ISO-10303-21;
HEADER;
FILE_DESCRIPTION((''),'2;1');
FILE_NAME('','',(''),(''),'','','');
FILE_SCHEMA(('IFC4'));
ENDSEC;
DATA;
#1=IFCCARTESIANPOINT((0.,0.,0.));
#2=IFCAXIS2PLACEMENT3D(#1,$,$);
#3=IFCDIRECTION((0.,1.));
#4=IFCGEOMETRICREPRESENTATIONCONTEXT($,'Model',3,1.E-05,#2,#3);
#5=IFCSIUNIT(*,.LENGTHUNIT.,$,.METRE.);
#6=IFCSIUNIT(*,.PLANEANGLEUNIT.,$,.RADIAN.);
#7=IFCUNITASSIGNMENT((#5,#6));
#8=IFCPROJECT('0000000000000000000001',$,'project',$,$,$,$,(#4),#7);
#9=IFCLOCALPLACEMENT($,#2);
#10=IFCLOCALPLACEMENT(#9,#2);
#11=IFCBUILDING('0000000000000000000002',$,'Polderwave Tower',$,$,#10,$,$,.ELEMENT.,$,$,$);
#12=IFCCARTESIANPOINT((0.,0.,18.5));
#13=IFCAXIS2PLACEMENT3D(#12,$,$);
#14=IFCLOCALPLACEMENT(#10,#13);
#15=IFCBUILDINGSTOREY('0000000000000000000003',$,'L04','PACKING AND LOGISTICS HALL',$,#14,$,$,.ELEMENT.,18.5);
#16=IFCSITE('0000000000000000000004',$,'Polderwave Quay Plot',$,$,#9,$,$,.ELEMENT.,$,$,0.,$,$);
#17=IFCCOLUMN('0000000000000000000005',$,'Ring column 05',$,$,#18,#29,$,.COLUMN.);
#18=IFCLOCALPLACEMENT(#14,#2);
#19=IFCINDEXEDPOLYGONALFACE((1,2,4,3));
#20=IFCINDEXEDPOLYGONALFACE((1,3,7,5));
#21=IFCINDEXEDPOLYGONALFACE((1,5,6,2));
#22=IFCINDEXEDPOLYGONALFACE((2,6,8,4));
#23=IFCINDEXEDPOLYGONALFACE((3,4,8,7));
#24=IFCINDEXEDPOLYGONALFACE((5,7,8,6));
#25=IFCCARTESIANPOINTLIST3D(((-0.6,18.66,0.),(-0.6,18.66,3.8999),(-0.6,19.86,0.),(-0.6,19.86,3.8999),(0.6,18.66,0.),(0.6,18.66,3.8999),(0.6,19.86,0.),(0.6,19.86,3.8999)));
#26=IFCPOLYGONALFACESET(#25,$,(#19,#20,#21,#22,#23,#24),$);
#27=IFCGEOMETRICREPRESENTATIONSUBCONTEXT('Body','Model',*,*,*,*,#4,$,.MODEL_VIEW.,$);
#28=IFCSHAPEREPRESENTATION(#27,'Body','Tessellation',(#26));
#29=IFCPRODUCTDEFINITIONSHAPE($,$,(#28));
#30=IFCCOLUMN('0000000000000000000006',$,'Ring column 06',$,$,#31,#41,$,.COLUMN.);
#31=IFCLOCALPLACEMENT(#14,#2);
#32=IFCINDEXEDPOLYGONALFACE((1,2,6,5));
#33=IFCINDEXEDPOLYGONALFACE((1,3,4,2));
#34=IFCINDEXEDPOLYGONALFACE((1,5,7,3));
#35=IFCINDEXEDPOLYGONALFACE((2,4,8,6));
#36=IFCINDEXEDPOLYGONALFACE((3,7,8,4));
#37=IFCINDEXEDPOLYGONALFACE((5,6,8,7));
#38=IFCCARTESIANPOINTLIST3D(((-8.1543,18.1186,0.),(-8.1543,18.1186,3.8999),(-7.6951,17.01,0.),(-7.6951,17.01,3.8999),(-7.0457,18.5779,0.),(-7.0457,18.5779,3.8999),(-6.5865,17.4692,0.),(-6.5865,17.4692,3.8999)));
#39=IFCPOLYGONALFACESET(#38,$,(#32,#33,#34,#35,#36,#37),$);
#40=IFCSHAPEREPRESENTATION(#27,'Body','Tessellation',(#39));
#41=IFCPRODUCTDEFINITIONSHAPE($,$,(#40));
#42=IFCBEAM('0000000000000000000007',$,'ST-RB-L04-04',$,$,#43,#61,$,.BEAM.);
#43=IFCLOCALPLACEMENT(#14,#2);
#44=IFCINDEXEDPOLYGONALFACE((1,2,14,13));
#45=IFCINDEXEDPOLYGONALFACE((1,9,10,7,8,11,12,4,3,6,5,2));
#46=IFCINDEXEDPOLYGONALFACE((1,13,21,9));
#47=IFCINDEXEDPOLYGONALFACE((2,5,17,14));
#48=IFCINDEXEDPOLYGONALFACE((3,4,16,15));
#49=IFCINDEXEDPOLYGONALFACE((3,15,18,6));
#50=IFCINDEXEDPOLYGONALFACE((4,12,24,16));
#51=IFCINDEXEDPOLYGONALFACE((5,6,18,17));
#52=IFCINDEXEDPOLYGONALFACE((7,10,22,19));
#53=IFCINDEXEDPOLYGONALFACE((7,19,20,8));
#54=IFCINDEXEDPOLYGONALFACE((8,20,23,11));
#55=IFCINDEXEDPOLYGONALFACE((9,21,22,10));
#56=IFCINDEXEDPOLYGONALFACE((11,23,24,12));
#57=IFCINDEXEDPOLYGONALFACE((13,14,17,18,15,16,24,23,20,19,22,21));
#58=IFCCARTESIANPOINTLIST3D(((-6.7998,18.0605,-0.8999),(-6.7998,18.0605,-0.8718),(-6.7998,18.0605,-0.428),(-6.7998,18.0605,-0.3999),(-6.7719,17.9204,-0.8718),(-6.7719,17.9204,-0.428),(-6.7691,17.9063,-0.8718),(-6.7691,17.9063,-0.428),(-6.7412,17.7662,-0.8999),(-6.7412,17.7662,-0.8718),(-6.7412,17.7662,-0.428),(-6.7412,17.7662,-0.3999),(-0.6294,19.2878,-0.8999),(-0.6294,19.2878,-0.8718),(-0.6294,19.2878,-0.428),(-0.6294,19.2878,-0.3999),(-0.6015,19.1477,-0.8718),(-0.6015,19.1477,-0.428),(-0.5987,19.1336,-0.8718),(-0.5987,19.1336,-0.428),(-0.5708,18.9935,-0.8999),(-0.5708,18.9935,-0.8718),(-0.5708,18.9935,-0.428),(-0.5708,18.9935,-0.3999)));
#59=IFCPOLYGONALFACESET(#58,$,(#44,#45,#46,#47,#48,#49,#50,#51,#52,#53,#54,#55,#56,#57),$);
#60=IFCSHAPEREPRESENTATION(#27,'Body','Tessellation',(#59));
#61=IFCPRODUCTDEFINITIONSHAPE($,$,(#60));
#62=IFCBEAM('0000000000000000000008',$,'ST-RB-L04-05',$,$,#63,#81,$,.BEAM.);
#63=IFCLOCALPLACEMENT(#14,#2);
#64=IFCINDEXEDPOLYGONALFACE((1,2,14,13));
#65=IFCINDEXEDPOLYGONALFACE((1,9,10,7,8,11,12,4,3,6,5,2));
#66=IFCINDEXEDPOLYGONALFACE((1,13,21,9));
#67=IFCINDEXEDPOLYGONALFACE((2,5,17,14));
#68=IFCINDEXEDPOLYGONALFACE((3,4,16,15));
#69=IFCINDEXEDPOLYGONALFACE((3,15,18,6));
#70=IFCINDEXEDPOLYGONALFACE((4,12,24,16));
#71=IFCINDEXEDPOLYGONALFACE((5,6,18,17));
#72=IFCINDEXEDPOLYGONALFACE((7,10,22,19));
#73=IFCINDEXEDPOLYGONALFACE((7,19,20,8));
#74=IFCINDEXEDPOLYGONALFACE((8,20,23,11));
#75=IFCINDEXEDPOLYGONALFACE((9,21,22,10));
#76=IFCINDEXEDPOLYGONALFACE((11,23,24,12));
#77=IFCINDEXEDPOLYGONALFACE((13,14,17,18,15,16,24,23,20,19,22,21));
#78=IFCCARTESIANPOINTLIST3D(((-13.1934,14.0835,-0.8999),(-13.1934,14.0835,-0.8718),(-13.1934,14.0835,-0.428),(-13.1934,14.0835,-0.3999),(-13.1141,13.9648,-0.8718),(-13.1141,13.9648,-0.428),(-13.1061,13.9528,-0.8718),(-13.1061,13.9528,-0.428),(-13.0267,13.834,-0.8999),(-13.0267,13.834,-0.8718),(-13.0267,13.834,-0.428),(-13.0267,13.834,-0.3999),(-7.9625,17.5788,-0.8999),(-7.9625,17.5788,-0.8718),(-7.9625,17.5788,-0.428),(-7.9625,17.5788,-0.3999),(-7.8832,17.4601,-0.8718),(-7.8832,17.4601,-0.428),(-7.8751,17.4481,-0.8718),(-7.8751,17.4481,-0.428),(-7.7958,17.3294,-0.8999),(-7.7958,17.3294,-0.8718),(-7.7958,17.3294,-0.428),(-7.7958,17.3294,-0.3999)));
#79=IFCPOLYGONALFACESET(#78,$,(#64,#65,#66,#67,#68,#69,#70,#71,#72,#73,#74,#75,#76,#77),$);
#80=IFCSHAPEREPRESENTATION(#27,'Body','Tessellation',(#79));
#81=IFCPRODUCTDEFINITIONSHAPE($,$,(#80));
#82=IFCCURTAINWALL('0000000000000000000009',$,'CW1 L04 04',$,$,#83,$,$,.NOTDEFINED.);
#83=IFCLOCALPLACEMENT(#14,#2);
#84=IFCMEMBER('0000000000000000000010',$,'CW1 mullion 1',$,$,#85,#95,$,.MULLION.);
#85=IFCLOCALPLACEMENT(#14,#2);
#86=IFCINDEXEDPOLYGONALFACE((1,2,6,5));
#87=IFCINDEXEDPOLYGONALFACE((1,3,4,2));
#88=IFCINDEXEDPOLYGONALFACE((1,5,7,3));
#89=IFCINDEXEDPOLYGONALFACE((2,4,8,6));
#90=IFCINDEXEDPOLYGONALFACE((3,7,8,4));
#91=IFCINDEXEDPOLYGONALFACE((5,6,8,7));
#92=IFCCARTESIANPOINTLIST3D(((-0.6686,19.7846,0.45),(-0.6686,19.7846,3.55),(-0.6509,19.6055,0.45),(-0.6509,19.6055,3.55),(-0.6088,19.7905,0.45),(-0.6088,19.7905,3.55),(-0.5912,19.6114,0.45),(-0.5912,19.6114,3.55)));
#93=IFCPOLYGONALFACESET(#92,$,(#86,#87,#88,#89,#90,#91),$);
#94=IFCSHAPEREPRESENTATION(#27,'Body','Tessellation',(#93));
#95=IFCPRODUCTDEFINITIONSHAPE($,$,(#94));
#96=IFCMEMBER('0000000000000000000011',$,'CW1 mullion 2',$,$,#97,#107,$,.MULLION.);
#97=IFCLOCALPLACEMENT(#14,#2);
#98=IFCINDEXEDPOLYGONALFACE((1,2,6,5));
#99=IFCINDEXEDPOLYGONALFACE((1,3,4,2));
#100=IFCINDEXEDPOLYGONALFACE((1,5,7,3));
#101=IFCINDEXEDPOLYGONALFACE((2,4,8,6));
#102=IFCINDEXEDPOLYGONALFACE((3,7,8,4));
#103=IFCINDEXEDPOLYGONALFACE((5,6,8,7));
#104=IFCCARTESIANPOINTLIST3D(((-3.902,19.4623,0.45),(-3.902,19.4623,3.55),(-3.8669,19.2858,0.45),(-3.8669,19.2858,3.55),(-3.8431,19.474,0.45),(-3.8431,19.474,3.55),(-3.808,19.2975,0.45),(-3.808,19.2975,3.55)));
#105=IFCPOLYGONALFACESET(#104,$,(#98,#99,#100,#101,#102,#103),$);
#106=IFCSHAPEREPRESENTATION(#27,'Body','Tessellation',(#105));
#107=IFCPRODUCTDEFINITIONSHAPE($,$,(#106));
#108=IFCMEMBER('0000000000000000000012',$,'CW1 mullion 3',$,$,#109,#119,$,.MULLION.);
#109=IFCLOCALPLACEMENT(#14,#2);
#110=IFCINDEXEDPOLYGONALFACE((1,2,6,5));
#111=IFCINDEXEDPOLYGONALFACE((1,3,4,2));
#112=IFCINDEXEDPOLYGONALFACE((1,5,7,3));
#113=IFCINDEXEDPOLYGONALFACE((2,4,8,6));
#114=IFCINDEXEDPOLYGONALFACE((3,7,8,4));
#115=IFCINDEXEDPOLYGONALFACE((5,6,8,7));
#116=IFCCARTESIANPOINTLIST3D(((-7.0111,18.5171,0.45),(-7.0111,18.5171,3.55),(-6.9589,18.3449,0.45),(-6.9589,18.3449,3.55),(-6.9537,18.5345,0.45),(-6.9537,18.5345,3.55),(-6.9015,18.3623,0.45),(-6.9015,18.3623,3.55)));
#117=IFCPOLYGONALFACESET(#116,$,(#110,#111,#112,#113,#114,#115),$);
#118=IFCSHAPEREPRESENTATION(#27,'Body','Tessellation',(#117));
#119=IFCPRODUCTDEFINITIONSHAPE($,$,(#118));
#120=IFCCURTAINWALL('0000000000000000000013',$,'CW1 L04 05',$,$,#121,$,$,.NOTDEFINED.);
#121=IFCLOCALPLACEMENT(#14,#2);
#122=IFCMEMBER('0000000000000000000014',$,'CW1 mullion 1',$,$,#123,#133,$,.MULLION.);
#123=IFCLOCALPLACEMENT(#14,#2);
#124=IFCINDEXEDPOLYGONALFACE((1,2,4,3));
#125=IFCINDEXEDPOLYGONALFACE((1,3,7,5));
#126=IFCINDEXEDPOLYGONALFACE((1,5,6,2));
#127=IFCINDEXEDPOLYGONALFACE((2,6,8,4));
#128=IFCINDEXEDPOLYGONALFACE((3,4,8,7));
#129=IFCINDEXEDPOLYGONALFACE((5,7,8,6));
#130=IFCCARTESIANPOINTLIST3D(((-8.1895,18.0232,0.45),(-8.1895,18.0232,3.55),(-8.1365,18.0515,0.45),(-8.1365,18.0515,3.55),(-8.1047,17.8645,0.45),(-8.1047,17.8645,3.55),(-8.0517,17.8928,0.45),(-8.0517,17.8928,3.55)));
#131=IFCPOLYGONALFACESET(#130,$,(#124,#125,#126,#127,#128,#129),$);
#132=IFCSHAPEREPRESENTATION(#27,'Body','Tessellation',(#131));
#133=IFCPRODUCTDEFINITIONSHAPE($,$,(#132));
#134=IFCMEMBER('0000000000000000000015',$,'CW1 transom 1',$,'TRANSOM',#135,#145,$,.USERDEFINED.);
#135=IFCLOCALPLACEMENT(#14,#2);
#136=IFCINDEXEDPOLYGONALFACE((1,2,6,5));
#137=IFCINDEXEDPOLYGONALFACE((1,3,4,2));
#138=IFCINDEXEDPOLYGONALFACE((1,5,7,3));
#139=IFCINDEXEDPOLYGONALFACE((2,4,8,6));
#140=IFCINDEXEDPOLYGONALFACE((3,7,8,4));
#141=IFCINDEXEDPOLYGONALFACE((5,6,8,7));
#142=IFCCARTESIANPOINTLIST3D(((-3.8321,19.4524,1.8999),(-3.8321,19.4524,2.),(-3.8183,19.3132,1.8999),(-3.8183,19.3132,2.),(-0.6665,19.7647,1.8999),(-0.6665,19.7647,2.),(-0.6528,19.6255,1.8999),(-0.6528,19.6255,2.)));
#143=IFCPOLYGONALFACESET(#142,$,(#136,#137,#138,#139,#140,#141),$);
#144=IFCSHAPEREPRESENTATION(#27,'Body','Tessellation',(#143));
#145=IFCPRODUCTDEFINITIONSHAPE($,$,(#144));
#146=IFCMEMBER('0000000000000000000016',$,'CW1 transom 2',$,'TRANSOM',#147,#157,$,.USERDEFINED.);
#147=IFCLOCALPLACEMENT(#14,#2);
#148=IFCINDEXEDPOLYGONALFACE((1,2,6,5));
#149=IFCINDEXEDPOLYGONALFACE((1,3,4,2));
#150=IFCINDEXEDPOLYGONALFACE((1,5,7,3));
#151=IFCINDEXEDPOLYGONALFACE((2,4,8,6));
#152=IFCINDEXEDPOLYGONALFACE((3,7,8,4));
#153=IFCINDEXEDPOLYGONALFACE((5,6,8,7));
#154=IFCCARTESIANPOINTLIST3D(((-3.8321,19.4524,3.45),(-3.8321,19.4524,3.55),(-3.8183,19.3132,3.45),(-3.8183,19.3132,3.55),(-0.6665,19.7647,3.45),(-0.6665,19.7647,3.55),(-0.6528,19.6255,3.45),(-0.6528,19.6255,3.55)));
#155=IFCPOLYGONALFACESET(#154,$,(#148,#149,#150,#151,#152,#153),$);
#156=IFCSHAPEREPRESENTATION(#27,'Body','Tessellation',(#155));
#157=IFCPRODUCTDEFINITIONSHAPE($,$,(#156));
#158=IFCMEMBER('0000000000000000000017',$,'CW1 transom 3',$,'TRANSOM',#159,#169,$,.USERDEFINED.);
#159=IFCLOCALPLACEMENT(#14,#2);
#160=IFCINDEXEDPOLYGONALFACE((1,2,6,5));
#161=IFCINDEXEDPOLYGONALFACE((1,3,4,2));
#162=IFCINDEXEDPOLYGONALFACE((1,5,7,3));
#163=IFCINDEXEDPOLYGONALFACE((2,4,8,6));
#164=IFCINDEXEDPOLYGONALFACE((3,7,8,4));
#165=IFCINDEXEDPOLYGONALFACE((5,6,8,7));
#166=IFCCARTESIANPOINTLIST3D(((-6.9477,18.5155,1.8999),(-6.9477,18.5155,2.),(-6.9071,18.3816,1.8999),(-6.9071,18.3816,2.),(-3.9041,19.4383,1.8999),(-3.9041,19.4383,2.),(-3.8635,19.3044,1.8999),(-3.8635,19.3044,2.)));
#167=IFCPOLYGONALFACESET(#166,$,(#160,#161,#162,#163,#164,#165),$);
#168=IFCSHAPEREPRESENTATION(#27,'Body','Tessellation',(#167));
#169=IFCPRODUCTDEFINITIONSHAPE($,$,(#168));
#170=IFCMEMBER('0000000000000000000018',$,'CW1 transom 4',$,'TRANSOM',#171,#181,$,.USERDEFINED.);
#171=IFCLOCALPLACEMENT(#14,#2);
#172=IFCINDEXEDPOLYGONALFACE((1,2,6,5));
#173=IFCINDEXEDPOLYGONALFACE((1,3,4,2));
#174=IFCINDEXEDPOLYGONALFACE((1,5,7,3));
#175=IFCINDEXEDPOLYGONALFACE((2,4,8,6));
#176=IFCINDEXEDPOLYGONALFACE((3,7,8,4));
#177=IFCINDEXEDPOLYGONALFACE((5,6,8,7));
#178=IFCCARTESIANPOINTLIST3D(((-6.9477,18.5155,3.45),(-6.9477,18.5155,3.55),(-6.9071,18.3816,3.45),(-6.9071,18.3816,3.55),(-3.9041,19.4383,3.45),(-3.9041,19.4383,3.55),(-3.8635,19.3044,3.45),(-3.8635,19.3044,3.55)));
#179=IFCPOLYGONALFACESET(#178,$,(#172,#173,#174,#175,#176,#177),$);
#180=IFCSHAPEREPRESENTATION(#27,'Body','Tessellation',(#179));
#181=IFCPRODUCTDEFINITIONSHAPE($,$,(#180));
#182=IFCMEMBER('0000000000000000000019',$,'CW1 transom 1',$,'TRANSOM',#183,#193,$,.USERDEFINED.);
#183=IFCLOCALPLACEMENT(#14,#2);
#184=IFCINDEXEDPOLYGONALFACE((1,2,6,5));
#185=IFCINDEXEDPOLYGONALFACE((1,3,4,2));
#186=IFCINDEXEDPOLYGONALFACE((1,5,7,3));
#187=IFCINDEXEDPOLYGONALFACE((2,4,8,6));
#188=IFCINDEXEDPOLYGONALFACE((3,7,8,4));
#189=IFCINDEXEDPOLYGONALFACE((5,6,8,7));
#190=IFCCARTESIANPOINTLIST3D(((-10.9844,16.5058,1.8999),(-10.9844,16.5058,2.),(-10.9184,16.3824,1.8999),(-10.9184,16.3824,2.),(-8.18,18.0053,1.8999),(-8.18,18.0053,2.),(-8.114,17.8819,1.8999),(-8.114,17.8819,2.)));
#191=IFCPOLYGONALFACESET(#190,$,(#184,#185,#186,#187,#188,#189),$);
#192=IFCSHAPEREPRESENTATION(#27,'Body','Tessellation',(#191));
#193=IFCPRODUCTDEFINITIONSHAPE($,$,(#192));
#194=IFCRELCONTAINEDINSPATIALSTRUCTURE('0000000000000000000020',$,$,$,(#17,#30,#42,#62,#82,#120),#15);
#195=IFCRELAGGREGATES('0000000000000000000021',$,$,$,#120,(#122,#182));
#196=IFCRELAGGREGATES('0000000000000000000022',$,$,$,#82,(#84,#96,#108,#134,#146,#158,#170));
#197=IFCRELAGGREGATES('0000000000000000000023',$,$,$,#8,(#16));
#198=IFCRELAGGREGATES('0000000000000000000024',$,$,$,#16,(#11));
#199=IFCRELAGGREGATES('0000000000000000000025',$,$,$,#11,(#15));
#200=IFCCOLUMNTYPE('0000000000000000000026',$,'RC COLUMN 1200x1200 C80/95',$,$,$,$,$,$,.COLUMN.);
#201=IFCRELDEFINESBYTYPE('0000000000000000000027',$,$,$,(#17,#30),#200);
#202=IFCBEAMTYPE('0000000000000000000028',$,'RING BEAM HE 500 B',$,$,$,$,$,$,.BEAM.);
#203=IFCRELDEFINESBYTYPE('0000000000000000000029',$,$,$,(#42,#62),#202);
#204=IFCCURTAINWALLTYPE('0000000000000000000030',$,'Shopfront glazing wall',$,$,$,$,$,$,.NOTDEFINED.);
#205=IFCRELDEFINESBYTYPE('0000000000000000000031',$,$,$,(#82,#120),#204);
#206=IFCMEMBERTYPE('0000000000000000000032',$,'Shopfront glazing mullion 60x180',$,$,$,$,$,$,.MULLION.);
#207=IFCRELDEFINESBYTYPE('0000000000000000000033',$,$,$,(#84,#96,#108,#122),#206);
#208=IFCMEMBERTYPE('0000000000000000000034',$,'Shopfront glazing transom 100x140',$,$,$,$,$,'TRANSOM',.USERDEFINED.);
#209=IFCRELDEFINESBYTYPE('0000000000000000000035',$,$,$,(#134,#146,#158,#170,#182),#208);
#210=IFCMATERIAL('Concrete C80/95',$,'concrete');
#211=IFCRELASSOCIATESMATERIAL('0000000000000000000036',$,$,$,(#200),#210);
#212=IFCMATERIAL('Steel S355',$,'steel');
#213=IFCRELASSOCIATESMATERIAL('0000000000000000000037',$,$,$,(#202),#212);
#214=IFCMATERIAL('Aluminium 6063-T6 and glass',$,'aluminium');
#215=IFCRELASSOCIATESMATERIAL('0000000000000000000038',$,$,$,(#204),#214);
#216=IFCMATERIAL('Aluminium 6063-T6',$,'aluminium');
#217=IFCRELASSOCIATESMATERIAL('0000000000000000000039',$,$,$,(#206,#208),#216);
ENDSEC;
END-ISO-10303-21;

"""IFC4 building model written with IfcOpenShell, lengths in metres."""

from ifc_helpers import new_model, si_unit, direction, frame, origin, origin_2d, place, context, subcontext, project, spatial, rectangle, i_section, extrude, material, material_profile, profile_set, type_object, element, aggregate, save


model = new_model("IFC4")

# Units and contexts
model_context = context("Model", 3, precision=1e-05, world=origin(), true_north=direction((0.0, 1.0)))
body_context = subcontext(model_context, "Body", "Model", "MODEL_VIEW")
ifc_project = project(units=[si_unit("LENGTHUNIT", "METRE"), si_unit("PLANEANGLEUNIT", "RADIAN")], contexts=[model_context])

# Site, building, storey
site_placement = place(None, origin())
site = spatial("IfcSite", under=ifc_project, at=site_placement, Name="Polderwave Quay Plot", CompositionType="ELEMENT", RefElevation=0.0)
building_placement = place(site_placement, origin())
building = spatial("IfcBuilding", under=site, at=building_placement, Name="Polderwave Tower", CompositionType="ELEMENT")
storey_placement = place(building_placement, frame((0.0, 0.0, 18.5)))
storey = spatial("IfcBuildingStorey", under=building, at=storey_placement, Name="L04", Description="PACKING AND LOGISTICS HALL", CompositionType="ELEMENT", Elevation=18.5)

# Columns
ifc_material_1 = material(Name="Concrete C80/95", Category="concrete")
ifc_material_profile_1 = material_profile(ifc_material_1, rectangle(XDim=1.2, YDim=1.2, at=origin_2d()), Name="RC 1200x1200")
ifc_profile_set_1 = profile_set([ifc_material_profile_1], Name="Concrete C80/95")
column_type = type_object("IfcColumnType", Name="RC COLUMN 1200x1200 C80/95", PredefinedType="COLUMN", material=ifc_profile_set_1)
for number, where, z_axis, x_axis, name in (
    (1, (0.0, 19.26, 0.0), (0.0, 0.0, 1.0), (0.0, 1.0, 0.0), "Ring column 05"),
    (2, (-7.3704, 17.7939, 0.0), (0.0, 0.0, 1.0), (-0.382683, 0.92388, 0.0), "Ring column 06"),
):
    element("IfcColumn", number, at=place(storey_placement, frame(where, z_axis=z_axis, x_axis=x_axis)), inside=storey, type_object=column_type, Name=name, PredefinedType="COLUMN", context=body_context, shape_type="SweptSolid", body=[
        extrude(rectangle(XDim=1.2, YDim=1.2, at=origin_2d()), origin(), (0.0, 0.0, 1.0), 3.8999),
    ])

# Beams
ifc_material_2 = material(Name="Steel S355", Category="steel")
ifc_material_profile_2 = material_profile(ifc_material_2, i_section(OverallWidth=0.3, OverallDepth=0.5, WebThickness=0.0144, FlangeThickness=0.0281, at=origin_2d()), Name="HE 500 B")
ifc_profile_set_2 = profile_set([ifc_material_profile_2], Name="Steel S355")
beam_type = type_object("IfcBeamType", Name="RING BEAM HE 500 B", PredefinedType="BEAM", material=ifc_profile_set_2)
for number, where, z_axis, x_axis, name in (
    (3, (-0.6001, 19.1406, -0.6499), (-0.980788, -0.195079, 0.0), (0.195079, -0.980788, 0.0), "ST-RB-L04-04"),
    (4, (-7.8792, 17.4541, -0.6499), (-0.831459, -0.555586, 0.0), (0.555586, -0.831459, 0.0), "ST-RB-L04-05"),
):
    element("IfcBeam", number, at=place(storey_placement, frame(where, z_axis=z_axis, x_axis=x_axis)), inside=storey, type_object=beam_type, Name=name, PredefinedType="BEAM", context=body_context, shape_type="SweptSolid", body=[
        extrude(i_section(OverallWidth=0.3, OverallDepth=0.5, WebThickness=0.0144, FlangeThickness=0.0281, at=origin_2d()), origin(), (0.0, 0.0, 1.0), 6.2913),
    ])

# Curtain wall, members
ifc_material_3 = material(Name="Aluminium 6063-T6 and glass", Category="aluminium")
curtain_wall_type = type_object("IfcCurtainWallType", Name="Shopfront glazing wall", PredefinedType="NOTDEFINED", material=ifc_material_3)
curtain_wall_1_placement = place(storey_placement, origin())
curtain_wall_1 = element("IfcCurtainWall", 5, at=curtain_wall_1_placement, inside=storey, type_object=curtain_wall_type, Name="CW1 L04 04", PredefinedType="NOTDEFINED")
ifc_material_4 = material(Name="Aluminium 6063-T6", Category="aluminium")
ifc_material_profile_3 = material_profile(ifc_material_4, rectangle(XDim=0.1799, YDim=0.0601, at=origin_2d()), Name="AL 60x180")
ifc_profile_set_3 = profile_set([ifc_material_profile_3], Name="Aluminium 6063-T6")
member_type_1 = type_object("IfcMemberType", Name="Shopfront glazing mullion 60x180", PredefinedType="MULLION", material=ifc_profile_set_3)
member_1_placement = place(storey_placement, frame((-0.6299, 19.698, 0.45), z_axis=(0.0, 0.0, 1.0), x_axis=(0.098142, -0.995172, 0.0)))
member_1 = element("IfcMember", 6, at=member_1_placement, type_object=member_type_1, Name="CW1 mullion 1", PredefinedType="MULLION", context=body_context, shape_type="SweptSolid", body=[
    extrude(rectangle(XDim=0.1799, YDim=0.0601, at=origin_2d()), origin(), (0.0, 0.0, 1.0), 3.1001),
])
member_2_placement = place(storey_placement, frame((-3.855, 19.3799, 0.45), z_axis=(0.0, 0.0, 1.0), x_axis=(0.195083, -0.980787, 0.0)))
member_2 = element("IfcMember", 7, at=member_2_placement, type_object=member_type_1, Name="CW1 mullion 2", PredefinedType="MULLION", context=body_context, shape_type="SweptSolid", body=[
    extrude(rectangle(XDim=0.1799, YDim=0.0601, at=origin_2d()), origin(), (0.0, 0.0, 1.0), 3.1001),
])
member_3_placement = place(storey_placement, frame((-6.9563, 18.4397, 0.45), z_axis=(0.0, 0.0, 1.0), x_axis=(0.290151, -0.956981, 0.0)))
member_3 = element("IfcMember", 8, at=member_3_placement, type_object=member_type_1, Name="CW1 mullion 3", PredefinedType="MULLION", context=body_context, shape_type="SweptSolid", body=[
    extrude(rectangle(XDim=0.1799, YDim=0.0601, at=origin_2d()), origin(), (0.0, 0.0, 1.0), 3.1001),
])

# Curtain wall, member
curtain_wall_2_placement = place(storey_placement, origin())
curtain_wall_2 = element("IfcCurtainWall", 9, at=curtain_wall_2_placement, inside=storey, type_object=curtain_wall_type, Name="CW1 L04 05", PredefinedType="NOTDEFINED")
member_4_placement = place(storey_placement, frame((-8.1206, 17.958, 0.45), z_axis=(0.0, 0.0, 1.0), x_axis=(0.471509, -0.881861, 0.0)))
member_4 = element("IfcMember", 10, at=member_4_placement, type_object=member_type_1, Name="CW1 mullion 1", PredefinedType="MULLION", context=body_context, shape_type="SweptSolid", body=[
    extrude(rectangle(XDim=0.1799, YDim=0.0601, at=origin_2d()), origin(), (0.0, 0.0, 1.0), 3.1001),
])

# Members
ifc_material_profile_4 = material_profile(ifc_material_4, rectangle(XDim=0.1399, YDim=0.1001, at=origin_2d()), Name="AL 100x140")
ifc_profile_set_4 = profile_set([ifc_material_profile_4], Name="Aluminium 6063-T6")
member_type_2 = type_object("IfcMemberType", Name="Shopfront glazing transom 100x140", ElementType="TRANSOM", PredefinedType="USERDEFINED", material=ifc_profile_set_4)
member_5_placement = place(storey_placement, frame((-0.6597, 19.6951, 1.95), z_axis=(-0.99517, -0.098166, 0.0), x_axis=(0.098166, -0.99517, 0.0)))
member_5 = element("IfcMember", 11, at=member_5_placement, type_object=member_type_2, Name="CW1 transom 1", ObjectType="TRANSOM", PredefinedType="USERDEFINED", context=body_context, shape_type="SweptSolid", body=[
    extrude(rectangle(XDim=0.1399, YDim=0.1001, at=origin_2d()), origin(), (0.0, 0.0, 1.0), 3.1809),
])
member_6_placement = place(storey_placement, frame((-0.6597, 19.6951, 3.5), z_axis=(-0.99517, -0.098166, 0.0), x_axis=(0.098166, -0.99517, 0.0)))
member_6 = element("IfcMember", 12, at=member_6_placement, type_object=member_type_2, Name="CW1 transom 2", ObjectType="TRANSOM", PredefinedType="USERDEFINED", context=body_context, shape_type="SweptSolid", body=[
    extrude(rectangle(XDim=0.1399, YDim=0.1001, at=origin_2d()), origin(), (0.0, 0.0, 1.0), 3.1809),
])
member_7_placement = place(storey_placement, frame((-3.8838, 19.3713, 1.95), z_axis=(-0.956979, -0.290157, 0.0), x_axis=(0.290157, -0.956979, 0.0)))
member_7 = element("IfcMember", 13, at=member_7_placement, type_object=member_type_2, Name="CW1 transom 3", ObjectType="TRANSOM", PredefinedType="USERDEFINED", context=body_context, shape_type="SweptSolid", body=[
    extrude(rectangle(XDim=0.1399, YDim=0.1001, at=origin_2d()), origin(), (0.0, 0.0, 1.0), 3.1804),
])
member_8_placement = place(storey_placement, frame((-3.8838, 19.3713, 3.5), z_axis=(-0.956979, -0.290157, 0.0), x_axis=(0.290157, -0.956979, 0.0)))
member_8 = element("IfcMember", 14, at=member_8_placement, type_object=member_type_2, Name="CW1 transom 4", ObjectType="TRANSOM", PredefinedType="USERDEFINED", context=body_context, shape_type="SweptSolid", body=[
    extrude(rectangle(XDim=0.1399, YDim=0.1001, at=origin_2d()), origin(), (0.0, 0.0, 1.0), 3.1804),
])
member_9_placement = place(storey_placement, frame((-8.147, 17.9436, 1.95), z_axis=(-0.881855, -0.47152, 0.0), x_axis=(0.47152, -0.881855, 0.0)))
member_9 = element("IfcMember", 15, at=member_9_placement, type_object=member_type_2, Name="CW1 transom 1", ObjectType="TRANSOM", PredefinedType="USERDEFINED", context=body_context, shape_type="SweptSolid", body=[
    extrude(rectangle(XDim=0.1399, YDim=0.1001, at=origin_2d()), origin(), (0.0, 0.0, 1.0), 3.1802),
])
aggregate(curtain_wall_2, [member_4, member_9])

aggregate(curtain_wall_1, [member_1, member_2, member_3, member_5, member_6, member_7, member_8])

save(model, "model.ifc")
